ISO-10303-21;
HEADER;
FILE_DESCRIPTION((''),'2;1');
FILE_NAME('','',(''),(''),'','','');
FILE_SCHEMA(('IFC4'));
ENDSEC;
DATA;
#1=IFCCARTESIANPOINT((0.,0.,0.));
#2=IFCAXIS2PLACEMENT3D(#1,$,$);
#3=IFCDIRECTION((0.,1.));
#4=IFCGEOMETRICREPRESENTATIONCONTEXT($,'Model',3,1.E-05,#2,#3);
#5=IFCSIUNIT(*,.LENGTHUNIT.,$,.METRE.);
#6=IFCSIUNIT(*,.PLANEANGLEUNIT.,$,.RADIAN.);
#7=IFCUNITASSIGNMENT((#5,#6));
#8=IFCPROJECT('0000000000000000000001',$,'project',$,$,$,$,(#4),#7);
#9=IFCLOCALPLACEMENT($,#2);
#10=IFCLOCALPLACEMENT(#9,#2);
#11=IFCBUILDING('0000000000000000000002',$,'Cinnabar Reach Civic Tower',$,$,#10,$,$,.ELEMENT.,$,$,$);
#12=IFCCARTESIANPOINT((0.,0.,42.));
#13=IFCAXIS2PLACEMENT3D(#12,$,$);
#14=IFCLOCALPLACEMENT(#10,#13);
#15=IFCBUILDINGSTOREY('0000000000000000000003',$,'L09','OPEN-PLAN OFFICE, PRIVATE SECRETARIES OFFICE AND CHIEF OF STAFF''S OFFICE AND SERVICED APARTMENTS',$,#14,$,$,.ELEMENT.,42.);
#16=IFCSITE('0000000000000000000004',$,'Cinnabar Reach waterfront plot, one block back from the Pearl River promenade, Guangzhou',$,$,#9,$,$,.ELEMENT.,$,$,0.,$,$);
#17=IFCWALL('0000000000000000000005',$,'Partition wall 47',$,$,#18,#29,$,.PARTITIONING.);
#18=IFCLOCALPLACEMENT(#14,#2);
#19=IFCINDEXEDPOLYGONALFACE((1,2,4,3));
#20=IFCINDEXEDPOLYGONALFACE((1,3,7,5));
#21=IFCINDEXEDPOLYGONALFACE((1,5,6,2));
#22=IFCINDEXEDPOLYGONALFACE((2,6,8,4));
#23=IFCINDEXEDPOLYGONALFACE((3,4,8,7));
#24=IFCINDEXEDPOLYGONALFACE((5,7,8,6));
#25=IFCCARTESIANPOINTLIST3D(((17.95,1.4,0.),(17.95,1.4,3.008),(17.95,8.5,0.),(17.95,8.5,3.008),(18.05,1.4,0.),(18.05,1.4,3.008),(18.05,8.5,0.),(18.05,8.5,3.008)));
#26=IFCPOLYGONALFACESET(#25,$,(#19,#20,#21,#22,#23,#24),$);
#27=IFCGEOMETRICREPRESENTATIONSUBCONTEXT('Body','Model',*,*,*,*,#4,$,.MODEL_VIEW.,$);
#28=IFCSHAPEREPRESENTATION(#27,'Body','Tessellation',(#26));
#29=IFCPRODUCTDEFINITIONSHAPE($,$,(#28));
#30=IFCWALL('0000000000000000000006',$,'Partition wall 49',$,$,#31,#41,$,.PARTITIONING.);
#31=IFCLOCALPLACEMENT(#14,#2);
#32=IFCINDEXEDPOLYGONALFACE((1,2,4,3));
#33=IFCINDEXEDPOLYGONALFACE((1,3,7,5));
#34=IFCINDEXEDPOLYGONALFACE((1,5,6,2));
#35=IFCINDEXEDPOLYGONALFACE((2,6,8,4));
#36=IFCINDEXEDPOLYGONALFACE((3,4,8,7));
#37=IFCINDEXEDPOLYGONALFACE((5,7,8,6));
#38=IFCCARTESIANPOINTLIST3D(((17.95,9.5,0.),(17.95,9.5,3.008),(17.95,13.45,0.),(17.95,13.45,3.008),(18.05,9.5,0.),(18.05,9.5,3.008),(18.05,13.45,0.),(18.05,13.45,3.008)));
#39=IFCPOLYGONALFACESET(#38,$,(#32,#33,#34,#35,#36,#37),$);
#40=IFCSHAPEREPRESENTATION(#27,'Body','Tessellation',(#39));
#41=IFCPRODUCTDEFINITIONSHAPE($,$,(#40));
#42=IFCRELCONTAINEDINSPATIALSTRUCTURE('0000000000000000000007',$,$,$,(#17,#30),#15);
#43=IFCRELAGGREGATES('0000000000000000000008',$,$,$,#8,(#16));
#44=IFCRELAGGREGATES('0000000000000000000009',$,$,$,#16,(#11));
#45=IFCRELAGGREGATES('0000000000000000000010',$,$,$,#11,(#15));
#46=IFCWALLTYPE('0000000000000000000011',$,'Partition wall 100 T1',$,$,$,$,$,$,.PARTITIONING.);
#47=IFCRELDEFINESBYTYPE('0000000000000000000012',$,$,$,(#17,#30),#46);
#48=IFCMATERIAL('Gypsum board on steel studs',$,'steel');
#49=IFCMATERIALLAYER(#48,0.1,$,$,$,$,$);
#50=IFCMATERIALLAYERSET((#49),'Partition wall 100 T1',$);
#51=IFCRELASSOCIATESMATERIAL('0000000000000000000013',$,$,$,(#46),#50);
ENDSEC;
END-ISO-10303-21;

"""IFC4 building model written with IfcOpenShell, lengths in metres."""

from ifc_helpers import new_model, si_unit, direction, frame, frame_2d, origin, place, context, subcontext, project, spatial, rectangle, extrude, material, layer, layer_set, type_object, element, save


model = new_model("IFC4")

# Units and contexts
model_context = context("Model", 3, precision=1e-05, world=origin(), true_north=direction((0.0, 1.0)))
body_context = subcontext(model_context, "Body", "Model", "MODEL_VIEW")
ifc_project = project(units=[si_unit("LENGTHUNIT", "METRE"), si_unit("PLANEANGLEUNIT", "RADIAN")], contexts=[model_context])

# Site, building, storey
site_placement = place(None, origin())
site = spatial("IfcSite", under=ifc_project, at=site_placement, Name="Cinnabar Reach waterfront plot, one block back from the Pearl River promenade, Guangzhou", CompositionType="ELEMENT", RefElevation=0.0)
building_placement = place(site_placement, origin())
building = spatial("IfcBuilding", under=site, at=building_placement, Name="Cinnabar Reach Civic Tower", CompositionType="ELEMENT")
storey_placement = place(building_placement, frame((0.0, 0.0, 42.0)))
storey = spatial("IfcBuildingStorey", under=building, at=storey_placement, Name="L09", Description="OPEN-PLAN OFFICE, PRIVATE SECRETARIES OFFICE AND CHIEF OF STAFF'S OFFICE AND SERVICED APARTMENTS", CompositionType="ELEMENT", Elevation=42.0)

# Walls
ifc_material_1 = material(Name="Gypsum board on steel studs", Category="steel")
ifc_layer_1 = layer(ifc_material_1, 0.1)
ifc_layer_set_1 = layer_set([ifc_layer_1], Name="Partition wall 100 T1")
wall_type_1 = type_object("IfcWallType", Name="Partition wall 100 T1", PredefinedType="PARTITIONING", material=ifc_layer_set_1)
wall_1_placement = place(storey_placement, frame((18.0, 1.4, 0.0), z_axis=(0.0, 0.0, 1.0), x_axis=(0.0, 1.0, 0.0)))
element("IfcWall", 1, at=wall_1_placement, inside=storey, type_object=wall_type_1, Name="Partition wall 47", PredefinedType="PARTITIONING", context=body_context, shape_type="SweptSolid", body=[
    extrude(rectangle(XDim=7.1, YDim=0.1, at=frame_2d((3.55, 0.0))), origin(), (0.0, 0.0, 1.0), 3.008),
])
wall_2_placement = place(storey_placement, frame((18.0, 9.5, 0.0), z_axis=(0.0, 0.0, 1.0), x_axis=(0.0, 1.0, 0.0)))
element("IfcWall", 2, at=wall_2_placement, inside=storey, type_object=wall_type_1, Name="Partition wall 49", PredefinedType="PARTITIONING", context=body_context, shape_type="SweptSolid", body=[
    extrude(rectangle(XDim=3.95, YDim=0.1, at=frame_2d((1.975, 0.0))), origin(), (0.0, 0.0, 1.0), 3.008),
])

save(model, "model.ifc")
